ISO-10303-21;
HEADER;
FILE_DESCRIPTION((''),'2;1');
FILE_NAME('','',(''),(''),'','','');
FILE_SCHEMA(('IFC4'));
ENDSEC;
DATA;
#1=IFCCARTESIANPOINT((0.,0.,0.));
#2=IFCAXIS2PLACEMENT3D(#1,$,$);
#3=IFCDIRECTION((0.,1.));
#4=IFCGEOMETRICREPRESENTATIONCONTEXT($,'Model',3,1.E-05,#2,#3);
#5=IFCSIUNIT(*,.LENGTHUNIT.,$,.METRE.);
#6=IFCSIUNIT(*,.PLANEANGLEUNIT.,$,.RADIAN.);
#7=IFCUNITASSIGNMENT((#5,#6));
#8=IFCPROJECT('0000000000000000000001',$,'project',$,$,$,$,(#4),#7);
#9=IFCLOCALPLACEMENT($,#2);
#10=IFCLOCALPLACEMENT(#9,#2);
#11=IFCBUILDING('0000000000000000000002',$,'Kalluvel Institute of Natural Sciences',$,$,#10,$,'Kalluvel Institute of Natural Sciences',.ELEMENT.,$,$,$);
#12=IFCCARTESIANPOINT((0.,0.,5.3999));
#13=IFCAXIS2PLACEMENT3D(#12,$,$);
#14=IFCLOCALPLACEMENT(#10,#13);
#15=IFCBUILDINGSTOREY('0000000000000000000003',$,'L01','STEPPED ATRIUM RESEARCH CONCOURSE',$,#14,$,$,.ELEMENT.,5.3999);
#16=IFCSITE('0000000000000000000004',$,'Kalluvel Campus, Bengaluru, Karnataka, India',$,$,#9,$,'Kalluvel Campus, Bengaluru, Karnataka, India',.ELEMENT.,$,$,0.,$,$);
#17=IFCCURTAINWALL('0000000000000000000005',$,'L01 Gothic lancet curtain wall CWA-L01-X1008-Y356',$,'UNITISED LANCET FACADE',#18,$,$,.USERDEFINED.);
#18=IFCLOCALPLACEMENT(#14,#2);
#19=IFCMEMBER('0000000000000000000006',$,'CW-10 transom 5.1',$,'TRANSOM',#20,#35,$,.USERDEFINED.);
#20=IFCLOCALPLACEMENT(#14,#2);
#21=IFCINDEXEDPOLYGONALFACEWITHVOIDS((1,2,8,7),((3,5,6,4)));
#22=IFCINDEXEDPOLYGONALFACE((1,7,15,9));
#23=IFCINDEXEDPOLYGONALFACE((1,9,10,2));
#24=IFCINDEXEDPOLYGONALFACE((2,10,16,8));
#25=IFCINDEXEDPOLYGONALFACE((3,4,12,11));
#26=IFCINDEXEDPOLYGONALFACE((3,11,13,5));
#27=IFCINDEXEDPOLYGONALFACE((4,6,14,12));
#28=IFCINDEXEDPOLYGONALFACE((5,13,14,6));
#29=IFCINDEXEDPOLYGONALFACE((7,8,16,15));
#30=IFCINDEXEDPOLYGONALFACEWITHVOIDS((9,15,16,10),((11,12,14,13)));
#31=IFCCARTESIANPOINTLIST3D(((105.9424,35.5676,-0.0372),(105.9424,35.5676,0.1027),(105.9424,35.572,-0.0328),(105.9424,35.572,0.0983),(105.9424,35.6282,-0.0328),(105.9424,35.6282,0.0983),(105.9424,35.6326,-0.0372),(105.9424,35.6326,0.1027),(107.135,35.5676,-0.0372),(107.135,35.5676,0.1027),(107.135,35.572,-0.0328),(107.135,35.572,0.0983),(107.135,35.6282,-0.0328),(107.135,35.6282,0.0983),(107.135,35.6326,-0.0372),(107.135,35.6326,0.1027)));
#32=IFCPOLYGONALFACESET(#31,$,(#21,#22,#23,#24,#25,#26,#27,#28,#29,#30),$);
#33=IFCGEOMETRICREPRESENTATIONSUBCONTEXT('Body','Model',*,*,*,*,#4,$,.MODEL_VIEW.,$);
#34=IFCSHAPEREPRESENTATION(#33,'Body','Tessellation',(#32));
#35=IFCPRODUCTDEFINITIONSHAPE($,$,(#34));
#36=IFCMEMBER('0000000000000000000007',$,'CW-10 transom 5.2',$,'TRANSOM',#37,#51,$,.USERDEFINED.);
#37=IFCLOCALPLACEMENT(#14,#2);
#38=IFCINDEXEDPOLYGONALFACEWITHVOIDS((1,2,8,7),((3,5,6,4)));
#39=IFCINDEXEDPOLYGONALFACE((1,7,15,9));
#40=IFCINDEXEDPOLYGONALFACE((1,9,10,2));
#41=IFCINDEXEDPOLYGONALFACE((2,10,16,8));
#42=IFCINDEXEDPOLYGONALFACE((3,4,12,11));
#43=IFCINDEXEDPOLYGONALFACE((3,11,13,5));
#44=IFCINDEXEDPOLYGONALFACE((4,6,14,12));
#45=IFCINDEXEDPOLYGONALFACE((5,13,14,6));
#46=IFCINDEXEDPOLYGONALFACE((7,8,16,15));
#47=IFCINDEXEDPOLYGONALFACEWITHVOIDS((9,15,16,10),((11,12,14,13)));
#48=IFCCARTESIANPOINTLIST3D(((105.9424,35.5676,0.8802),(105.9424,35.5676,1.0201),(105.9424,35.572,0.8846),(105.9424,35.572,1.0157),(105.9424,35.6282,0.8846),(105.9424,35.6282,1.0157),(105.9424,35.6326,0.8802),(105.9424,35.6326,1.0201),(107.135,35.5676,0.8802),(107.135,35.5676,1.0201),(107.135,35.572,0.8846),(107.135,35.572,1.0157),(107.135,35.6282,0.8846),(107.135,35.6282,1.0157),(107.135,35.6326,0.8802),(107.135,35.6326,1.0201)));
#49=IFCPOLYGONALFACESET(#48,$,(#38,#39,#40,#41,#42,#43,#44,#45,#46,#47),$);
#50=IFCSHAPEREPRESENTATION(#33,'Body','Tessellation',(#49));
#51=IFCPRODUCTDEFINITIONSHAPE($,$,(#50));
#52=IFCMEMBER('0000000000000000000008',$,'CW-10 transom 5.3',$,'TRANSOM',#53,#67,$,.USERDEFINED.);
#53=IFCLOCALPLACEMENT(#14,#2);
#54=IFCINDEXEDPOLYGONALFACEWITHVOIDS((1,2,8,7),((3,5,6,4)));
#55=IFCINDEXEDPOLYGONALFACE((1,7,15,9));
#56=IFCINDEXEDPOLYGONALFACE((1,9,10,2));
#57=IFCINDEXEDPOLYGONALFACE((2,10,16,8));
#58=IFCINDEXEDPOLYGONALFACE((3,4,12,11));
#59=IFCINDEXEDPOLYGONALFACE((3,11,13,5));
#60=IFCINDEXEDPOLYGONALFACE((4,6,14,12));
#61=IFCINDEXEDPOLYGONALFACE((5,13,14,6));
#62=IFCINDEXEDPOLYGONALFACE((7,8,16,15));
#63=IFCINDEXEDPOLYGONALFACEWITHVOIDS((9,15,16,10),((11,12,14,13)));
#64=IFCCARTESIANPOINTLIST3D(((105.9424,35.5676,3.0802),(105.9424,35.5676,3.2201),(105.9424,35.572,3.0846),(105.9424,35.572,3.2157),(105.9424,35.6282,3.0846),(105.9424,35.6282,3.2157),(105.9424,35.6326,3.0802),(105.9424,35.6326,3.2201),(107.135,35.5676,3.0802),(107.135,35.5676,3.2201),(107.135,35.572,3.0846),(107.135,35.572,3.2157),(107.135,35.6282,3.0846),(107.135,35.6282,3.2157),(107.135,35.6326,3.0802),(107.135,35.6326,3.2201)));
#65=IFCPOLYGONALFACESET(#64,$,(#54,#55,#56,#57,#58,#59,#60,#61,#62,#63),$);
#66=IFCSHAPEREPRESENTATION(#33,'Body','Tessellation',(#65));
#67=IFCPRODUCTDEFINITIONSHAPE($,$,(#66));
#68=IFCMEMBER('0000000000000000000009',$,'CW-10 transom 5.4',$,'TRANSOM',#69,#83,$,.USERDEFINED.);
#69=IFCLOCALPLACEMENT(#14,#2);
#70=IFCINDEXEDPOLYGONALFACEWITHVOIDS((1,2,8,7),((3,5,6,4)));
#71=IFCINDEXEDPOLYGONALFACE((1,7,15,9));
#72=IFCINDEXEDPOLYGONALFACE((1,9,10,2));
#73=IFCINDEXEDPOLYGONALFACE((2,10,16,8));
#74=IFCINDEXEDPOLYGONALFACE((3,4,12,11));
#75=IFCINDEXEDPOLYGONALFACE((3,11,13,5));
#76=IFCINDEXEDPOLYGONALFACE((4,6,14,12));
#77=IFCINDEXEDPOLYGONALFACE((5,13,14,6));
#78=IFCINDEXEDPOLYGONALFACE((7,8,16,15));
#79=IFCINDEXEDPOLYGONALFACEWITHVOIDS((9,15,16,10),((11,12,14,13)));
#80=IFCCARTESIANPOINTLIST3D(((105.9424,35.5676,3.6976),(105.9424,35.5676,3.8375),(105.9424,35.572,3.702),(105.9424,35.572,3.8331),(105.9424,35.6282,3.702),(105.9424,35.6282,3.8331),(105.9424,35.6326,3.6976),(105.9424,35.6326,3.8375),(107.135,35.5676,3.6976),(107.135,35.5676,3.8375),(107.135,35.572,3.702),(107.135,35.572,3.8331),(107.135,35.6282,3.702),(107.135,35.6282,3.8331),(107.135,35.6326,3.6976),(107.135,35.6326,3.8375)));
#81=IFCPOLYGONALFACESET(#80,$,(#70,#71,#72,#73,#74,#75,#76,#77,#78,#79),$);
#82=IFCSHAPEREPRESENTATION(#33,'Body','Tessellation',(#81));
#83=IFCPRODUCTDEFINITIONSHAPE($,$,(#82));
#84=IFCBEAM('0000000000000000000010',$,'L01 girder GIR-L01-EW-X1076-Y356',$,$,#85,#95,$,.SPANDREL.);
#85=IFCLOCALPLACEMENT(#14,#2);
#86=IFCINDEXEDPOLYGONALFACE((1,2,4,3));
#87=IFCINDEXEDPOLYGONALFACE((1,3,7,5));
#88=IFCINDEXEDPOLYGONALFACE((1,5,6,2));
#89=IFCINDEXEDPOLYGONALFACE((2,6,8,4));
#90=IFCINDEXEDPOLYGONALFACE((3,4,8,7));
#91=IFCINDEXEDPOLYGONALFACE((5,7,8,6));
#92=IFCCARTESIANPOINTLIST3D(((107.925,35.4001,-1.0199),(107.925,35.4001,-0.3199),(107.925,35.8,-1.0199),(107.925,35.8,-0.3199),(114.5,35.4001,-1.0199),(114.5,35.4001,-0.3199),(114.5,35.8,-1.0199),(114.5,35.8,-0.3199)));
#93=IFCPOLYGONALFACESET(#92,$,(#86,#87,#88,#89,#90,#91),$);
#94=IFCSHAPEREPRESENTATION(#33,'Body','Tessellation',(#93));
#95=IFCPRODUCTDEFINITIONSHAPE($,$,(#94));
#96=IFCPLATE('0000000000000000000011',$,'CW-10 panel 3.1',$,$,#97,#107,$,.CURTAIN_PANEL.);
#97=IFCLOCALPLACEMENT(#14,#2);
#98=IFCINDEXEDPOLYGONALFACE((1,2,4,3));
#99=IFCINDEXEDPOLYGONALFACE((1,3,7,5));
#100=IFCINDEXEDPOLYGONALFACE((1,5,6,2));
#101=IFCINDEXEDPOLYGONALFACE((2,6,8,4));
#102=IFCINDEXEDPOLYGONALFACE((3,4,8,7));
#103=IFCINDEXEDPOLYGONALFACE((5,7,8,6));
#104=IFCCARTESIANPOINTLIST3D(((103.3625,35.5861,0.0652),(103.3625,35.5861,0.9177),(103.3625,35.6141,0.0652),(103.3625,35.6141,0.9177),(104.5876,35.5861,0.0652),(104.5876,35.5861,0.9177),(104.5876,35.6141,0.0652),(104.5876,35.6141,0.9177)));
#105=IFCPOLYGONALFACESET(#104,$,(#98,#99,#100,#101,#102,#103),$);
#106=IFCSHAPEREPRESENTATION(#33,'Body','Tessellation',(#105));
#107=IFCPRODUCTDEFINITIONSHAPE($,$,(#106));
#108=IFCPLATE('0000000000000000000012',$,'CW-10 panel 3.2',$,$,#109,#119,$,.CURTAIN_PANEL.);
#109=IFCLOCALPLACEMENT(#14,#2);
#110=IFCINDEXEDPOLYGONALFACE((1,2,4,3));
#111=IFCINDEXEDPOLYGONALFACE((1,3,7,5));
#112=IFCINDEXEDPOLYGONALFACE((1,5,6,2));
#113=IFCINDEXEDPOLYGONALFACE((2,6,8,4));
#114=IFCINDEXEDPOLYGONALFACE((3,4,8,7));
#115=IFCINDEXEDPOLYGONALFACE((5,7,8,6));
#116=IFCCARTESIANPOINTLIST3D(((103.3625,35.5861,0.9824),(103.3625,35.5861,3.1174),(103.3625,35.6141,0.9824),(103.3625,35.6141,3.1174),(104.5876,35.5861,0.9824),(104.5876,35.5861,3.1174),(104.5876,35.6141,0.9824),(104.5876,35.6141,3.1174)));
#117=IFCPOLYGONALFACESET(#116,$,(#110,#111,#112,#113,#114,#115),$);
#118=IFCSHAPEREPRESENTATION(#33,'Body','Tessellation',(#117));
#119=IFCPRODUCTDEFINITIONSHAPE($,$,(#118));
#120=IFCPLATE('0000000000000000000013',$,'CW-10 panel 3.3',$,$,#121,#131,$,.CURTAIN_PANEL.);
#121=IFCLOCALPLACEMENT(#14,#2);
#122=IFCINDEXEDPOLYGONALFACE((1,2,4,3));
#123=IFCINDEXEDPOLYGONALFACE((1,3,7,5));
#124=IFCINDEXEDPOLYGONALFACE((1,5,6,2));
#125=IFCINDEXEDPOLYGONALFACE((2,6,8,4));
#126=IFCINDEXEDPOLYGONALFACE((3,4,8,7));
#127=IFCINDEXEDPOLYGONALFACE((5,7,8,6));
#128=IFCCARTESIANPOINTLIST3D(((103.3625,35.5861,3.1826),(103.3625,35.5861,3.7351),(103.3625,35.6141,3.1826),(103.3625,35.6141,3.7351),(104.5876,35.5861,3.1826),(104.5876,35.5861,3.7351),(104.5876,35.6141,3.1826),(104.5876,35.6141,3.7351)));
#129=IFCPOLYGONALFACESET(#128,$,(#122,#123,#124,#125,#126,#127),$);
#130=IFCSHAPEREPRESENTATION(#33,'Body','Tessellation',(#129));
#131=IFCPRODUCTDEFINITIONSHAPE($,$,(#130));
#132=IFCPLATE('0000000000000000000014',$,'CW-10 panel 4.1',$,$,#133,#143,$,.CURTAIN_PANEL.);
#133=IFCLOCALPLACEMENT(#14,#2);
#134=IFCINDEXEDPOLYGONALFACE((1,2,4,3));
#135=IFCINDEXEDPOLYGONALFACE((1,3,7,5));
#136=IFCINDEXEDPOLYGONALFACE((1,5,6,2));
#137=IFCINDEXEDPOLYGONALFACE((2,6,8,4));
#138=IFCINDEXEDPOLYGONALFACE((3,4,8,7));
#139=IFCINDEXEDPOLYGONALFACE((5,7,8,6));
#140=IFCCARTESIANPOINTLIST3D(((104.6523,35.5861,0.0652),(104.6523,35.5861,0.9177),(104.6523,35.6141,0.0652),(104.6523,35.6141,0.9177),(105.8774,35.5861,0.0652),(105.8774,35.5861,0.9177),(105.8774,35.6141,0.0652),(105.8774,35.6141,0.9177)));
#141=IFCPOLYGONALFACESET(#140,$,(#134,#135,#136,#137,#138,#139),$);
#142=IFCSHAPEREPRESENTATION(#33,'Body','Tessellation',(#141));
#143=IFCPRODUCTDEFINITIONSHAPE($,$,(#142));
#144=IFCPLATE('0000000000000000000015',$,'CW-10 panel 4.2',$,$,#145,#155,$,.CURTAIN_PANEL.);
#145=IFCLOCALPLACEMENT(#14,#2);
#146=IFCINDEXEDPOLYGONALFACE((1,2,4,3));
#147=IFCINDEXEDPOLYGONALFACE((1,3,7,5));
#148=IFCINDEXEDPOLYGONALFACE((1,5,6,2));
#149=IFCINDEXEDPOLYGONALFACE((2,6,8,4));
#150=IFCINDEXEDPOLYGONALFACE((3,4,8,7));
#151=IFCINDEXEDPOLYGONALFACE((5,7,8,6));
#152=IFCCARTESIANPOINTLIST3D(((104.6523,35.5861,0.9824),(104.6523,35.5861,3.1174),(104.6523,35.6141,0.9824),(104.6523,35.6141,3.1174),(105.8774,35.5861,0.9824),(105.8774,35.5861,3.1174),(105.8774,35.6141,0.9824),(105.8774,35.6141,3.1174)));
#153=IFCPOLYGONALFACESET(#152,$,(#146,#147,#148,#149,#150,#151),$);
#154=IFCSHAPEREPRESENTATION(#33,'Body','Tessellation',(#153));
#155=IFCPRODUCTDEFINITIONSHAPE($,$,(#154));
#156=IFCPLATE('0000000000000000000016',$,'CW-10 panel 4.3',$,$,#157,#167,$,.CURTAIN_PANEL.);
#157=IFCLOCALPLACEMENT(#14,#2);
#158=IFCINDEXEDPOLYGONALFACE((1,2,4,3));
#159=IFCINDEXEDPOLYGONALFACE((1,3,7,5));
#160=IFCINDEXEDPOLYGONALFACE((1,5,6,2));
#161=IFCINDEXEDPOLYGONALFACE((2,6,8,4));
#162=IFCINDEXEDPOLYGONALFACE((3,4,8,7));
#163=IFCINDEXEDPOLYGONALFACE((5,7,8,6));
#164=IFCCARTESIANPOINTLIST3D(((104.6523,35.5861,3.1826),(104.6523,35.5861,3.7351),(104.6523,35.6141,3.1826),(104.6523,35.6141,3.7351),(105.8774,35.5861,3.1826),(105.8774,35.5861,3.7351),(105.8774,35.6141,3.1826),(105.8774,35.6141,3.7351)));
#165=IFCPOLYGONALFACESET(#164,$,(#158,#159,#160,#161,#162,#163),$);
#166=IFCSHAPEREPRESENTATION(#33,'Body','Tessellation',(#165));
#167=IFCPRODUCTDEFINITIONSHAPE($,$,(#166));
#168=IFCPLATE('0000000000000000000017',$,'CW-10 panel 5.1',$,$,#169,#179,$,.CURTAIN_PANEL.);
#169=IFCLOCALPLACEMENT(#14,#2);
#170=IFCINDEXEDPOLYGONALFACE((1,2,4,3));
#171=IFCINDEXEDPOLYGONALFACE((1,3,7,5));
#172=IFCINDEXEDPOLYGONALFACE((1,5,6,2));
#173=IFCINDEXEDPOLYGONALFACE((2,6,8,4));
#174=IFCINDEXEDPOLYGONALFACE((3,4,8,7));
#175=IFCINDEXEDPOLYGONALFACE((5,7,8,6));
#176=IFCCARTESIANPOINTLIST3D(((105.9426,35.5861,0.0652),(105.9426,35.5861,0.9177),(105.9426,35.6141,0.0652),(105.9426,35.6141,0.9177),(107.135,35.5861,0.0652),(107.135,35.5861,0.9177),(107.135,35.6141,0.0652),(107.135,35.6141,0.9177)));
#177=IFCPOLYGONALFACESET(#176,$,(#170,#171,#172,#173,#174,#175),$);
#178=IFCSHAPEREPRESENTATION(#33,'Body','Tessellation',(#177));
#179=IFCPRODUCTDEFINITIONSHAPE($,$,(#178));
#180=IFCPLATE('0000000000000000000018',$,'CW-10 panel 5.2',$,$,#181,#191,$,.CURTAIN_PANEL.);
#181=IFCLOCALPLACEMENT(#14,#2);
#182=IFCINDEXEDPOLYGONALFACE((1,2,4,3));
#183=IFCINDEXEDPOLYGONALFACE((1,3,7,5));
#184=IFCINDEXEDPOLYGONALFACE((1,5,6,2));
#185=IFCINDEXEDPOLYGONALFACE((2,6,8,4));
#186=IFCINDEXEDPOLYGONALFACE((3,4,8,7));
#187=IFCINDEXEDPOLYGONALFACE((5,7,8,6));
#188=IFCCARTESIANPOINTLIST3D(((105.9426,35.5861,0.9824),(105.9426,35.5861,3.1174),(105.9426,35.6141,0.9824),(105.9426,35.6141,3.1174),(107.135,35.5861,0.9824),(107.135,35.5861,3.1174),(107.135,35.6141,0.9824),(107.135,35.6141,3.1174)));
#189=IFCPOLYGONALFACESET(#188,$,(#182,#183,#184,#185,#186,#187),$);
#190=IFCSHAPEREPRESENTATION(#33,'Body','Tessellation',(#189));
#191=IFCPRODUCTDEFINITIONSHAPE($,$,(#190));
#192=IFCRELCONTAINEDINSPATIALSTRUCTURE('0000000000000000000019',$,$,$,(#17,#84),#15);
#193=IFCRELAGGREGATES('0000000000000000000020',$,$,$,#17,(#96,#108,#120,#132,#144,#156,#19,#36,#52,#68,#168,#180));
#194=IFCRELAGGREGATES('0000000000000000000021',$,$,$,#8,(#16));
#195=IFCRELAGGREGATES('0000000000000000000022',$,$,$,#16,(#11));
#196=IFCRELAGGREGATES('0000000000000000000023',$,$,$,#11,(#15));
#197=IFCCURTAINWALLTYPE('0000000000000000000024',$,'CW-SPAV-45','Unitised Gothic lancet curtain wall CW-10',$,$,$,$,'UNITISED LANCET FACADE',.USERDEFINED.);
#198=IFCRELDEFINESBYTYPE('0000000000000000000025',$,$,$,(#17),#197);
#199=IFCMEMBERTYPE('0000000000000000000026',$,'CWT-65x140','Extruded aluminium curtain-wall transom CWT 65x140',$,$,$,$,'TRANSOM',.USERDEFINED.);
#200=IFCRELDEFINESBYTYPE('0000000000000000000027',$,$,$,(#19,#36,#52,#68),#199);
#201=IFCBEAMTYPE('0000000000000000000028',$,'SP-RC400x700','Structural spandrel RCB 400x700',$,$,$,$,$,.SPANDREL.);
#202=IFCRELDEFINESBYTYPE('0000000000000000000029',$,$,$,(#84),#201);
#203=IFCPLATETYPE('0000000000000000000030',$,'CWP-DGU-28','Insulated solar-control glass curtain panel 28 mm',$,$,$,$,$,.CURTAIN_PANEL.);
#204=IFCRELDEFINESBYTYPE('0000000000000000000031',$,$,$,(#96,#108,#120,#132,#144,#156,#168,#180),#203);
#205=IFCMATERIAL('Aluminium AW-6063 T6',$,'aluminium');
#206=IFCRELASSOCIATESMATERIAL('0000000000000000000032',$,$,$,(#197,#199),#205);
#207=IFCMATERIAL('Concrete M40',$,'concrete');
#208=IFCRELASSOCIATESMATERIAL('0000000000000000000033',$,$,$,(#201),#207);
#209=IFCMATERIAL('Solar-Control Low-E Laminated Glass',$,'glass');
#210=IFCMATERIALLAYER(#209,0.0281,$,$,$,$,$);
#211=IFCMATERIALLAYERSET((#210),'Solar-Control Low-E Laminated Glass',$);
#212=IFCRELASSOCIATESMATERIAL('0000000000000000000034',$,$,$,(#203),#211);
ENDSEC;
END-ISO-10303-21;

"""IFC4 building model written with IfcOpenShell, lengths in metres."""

from ifc_helpers import new_model, si_unit, direction, frame, origin, origin_2d, place, context, subcontext, project, spatial, rectangle, hollow_rectangle, extrude, material, layer, layer_set, material_profile, profile_set, type_object, element, aggregate, save


model = new_model("IFC4")

# Units and contexts
model_context = context("Model", 3, precision=1e-05, world=origin(), true_north=direction((0.0, 1.0)))
body_context = subcontext(model_context, "Body", "Model", "MODEL_VIEW")
ifc_project = project(units=[si_unit("LENGTHUNIT", "METRE"), si_unit("PLANEANGLEUNIT", "RADIAN")], contexts=[model_context])

# Site, building, storey
site_placement = place(None, origin())
site = spatial("IfcSite", under=ifc_project, at=site_placement, Name="Kalluvel Campus, Bengaluru, Karnataka, India", LongName="Kalluvel Campus, Bengaluru, Karnataka, India", CompositionType="ELEMENT", RefElevation=0.0)
building_placement = place(site_placement, origin())
building = spatial("IfcBuilding", under=site, at=building_placement, Name="Kalluvel Institute of Natural Sciences", LongName="Kalluvel Institute of Natural Sciences", CompositionType="ELEMENT")
storey_placement = place(building_placement, frame((0.0, 0.0, 5.3999)))
storey = spatial("IfcBuildingStorey", under=building, at=storey_placement, Name="L01", Description="STEPPED ATRIUM RESEARCH CONCOURSE", CompositionType="ELEMENT", Elevation=5.3999)

# Shared definitions
ifc_material_1 = material(Name="Concrete M40", Category="concrete")

# Curtain wall, members
ifc_material_2 = material(Name="Aluminium AW-6063 T6", Category="aluminium")
curtain_wall_type = type_object("IfcCurtainWallType", Name="CW-SPAV-45", Description="Unitised Gothic lancet curtain wall CW-10", ElementType="UNITISED LANCET FACADE", PredefinedType="USERDEFINED", material=ifc_material_2)
curtain_wall_placement = place(storey_placement, origin())
curtain_wall = element("IfcCurtainWall", 1, at=curtain_wall_placement, inside=storey, type_object=curtain_wall_type, Name="L01 Gothic lancet curtain wall CWA-L01-X1008-Y356", ObjectType="UNITISED LANCET FACADE", PredefinedType="USERDEFINED")
ifc_material_profile_1 = material_profile(ifc_material_2, hollow_rectangle(XDim=0.0649, YDim=0.1399, WallThickness=0.0044, at=origin_2d()), Name="CWT 65x140")
ifc_profile_set_1 = profile_set([ifc_material_profile_1], Name="Aluminium AW-6063 T6")
member_type_1 = type_object("IfcMemberType", Name="CWT-65x140", Description="Extruded aluminium curtain-wall transom CWT 65x140", ElementType="TRANSOM", PredefinedType="USERDEFINED", material=ifc_profile_set_1)
member_1_placement = place(storey_placement, frame((105.9424, 35.6001, 0.0327), z_axis=(1.0, 0.0, 0.0), x_axis=(0.0, 1.0, 0.0)))
member_1 = element("IfcMember", 2, at=member_1_placement, type_object=member_type_1, Name="CW-10 transom 5.1", ObjectType="TRANSOM", PredefinedType="USERDEFINED", context=body_context, shape_type="SweptSolid", body=[
    extrude(hollow_rectangle(XDim=0.0649, YDim=0.1399, WallThickness=0.0044, at=origin_2d()), origin(), (0.0, 0.0, 1.0), 1.1926),
])
member_2_placement = place(storey_placement, frame((105.9424, 35.6001, 0.9502), z_axis=(1.0, 0.0, 0.0), x_axis=(0.0, 1.0, 0.0)))
member_2 = element("IfcMember", 3, at=member_2_placement, type_object=member_type_1, Name="CW-10 transom 5.2", ObjectType="TRANSOM", PredefinedType="USERDEFINED", context=body_context, shape_type="SweptSolid", body=[
    extrude(hollow_rectangle(XDim=0.0649, YDim=0.1399, WallThickness=0.0044, at=origin_2d()), origin(), (0.0, 0.0, 1.0), 1.1926),
])
member_3_placement = place(storey_placement, frame((105.9424, 35.6001, 3.1501), z_axis=(1.0, 0.0, 0.0), x_axis=(0.0, 1.0, 0.0)))
member_3 = element("IfcMember", 4, at=member_3_placement, type_object=member_type_1, Name="CW-10 transom 5.3", ObjectType="TRANSOM", PredefinedType="USERDEFINED", context=body_context, shape_type="SweptSolid", body=[
    extrude(hollow_rectangle(XDim=0.0649, YDim=0.1399, WallThickness=0.0044, at=origin_2d()), origin(), (0.0, 0.0, 1.0), 1.1926),
])
member_4_placement = place(storey_placement, frame((105.9424, 35.6001, 3.7676), z_axis=(1.0, 0.0, 0.0), x_axis=(0.0, 1.0, 0.0)))
member_4 = element("IfcMember", 5, at=member_4_placement, type_object=member_type_1, Name="CW-10 transom 5.4", ObjectType="TRANSOM", PredefinedType="USERDEFINED", context=body_context, shape_type="SweptSolid", body=[
    extrude(hollow_rectangle(XDim=0.0649, YDim=0.1399, WallThickness=0.0044, at=origin_2d()), origin(), (0.0, 0.0, 1.0), 1.1926),
])

# Beam
ifc_material_profile_2 = material_profile(ifc_material_1, rectangle(XDim=0.3999, YDim=0.7, at=origin_2d()), Name="RCB 400x700")
ifc_profile_set_2 = profile_set([ifc_material_profile_2], Name="Concrete M40")
beam_type_1 = type_object("IfcBeamType", Name="SP-RC400x700", Description="Structural spandrel RCB 400x700", PredefinedType="SPANDREL", material=ifc_profile_set_2)
beam_1_placement = place(storey_placement, frame((107.925, 35.6001, -0.6699), z_axis=(1.0, 0.0, 0.0), x_axis=(0.0, 1.0, 0.0)))
element("IfcBeam", 6, at=beam_1_placement, inside=storey, type_object=beam_type_1, Name="L01 girder GIR-L01-EW-X1076-Y356", PredefinedType="SPANDREL", context=body_context, shape_type="SweptSolid", body=[
    extrude(rectangle(XDim=0.3999, YDim=0.7, at=origin_2d()), origin(), (0.0, 0.0, 1.0), 6.575),
])

# Plates
ifc_material_3 = material(Name="Solar-Control Low-E Laminated Glass", Category="glass")
ifc_layer_1 = layer(ifc_material_3, 0.0281)
ifc_layer_set_1 = layer_set([ifc_layer_1], Name="Solar-Control Low-E Laminated Glass")
plate_type = type_object("IfcPlateType", Name="CWP-DGU-28", Description="Insulated solar-control glass curtain panel 28 mm", PredefinedType="CURTAIN_PANEL", material=ifc_layer_set_1)
plate_1_placement = place(storey_placement, frame((103.9751, 35.6001, 0.0652), z_axis=(0.0, 0.0, 1.0), x_axis=(1.0, 0.0, 0.0)))
plate_1 = element("IfcPlate", 7, at=plate_1_placement, type_object=plate_type, Name="CW-10 panel 3.1", PredefinedType="CURTAIN_PANEL", context=body_context, shape_type="SweptSolid", body=[
    extrude(rectangle(XDim=1.2251, YDim=0.0281, at=origin_2d()), origin(), (0.0, 0.0, 1.0), 0.8525),
])
plate_2_placement = place(storey_placement, frame((103.9751, 35.6001, 0.9824), z_axis=(0.0, 0.0, 1.0), x_axis=(1.0, 0.0, 0.0)))
plate_2 = element("IfcPlate", 8, at=plate_2_placement, type_object=plate_type, Name="CW-10 panel 3.2", PredefinedType="CURTAIN_PANEL", context=body_context, shape_type="SweptSolid", body=[
    extrude(rectangle(XDim=1.2251, YDim=0.0281, at=origin_2d()), origin(), (0.0, 0.0, 1.0), 2.135),
])
plate_3_placement = place(storey_placement, frame((103.9751, 35.6001, 3.1826), z_axis=(0.0, 0.0, 1.0), x_axis=(1.0, 0.0, 0.0)))
plate_3 = element("IfcPlate", 9, at=plate_3_placement, type_object=plate_type, Name="CW-10 panel 3.3", PredefinedType="CURTAIN_PANEL", context=body_context, shape_type="SweptSolid", body=[
    extrude(rectangle(XDim=1.2251, YDim=0.0281, at=origin_2d()), origin(), (0.0, 0.0, 1.0), 0.5525),
])
plate_4_placement = place(storey_placement, frame((105.2649, 35.6001, 0.0652), z_axis=(0.0, 0.0, 1.0), x_axis=(1.0, 0.0, 0.0)))
plate_4 = element("IfcPlate", 10, at=plate_4_placement, type_object=plate_type, Name="CW-10 panel 4.1", PredefinedType="CURTAIN_PANEL", context=body_context, shape_type="SweptSolid", body=[
    extrude(rectangle(XDim=1.2251, YDim=0.0281, at=origin_2d()), origin(), (0.0, 0.0, 1.0), 0.8525),
])
plate_5_placement = place(storey_placement, frame((105.2649, 35.6001, 0.9824), z_axis=(0.0, 0.0, 1.0), x_axis=(1.0, 0.0, 0.0)))
plate_5 = element("IfcPlate", 11, at=plate_5_placement, type_object=plate_type, Name="CW-10 panel 4.2", PredefinedType="CURTAIN_PANEL", context=body_context, shape_type="SweptSolid", body=[
    extrude(rectangle(XDim=1.2251, YDim=0.0281, at=origin_2d()), origin(), (0.0, 0.0, 1.0), 2.135),
])
plate_6_placement = place(storey_placement, frame((105.2649, 35.6001, 3.1826), z_axis=(0.0, 0.0, 1.0), x_axis=(1.0, 0.0, 0.0)))
plate_6 = element("IfcPlate", 12, at=plate_6_placement, type_object=plate_type, Name="CW-10 panel 4.3", PredefinedType="CURTAIN_PANEL", context=body_context, shape_type="SweptSolid", body=[
    extrude(rectangle(XDim=1.2251, YDim=0.0281, at=origin_2d()), origin(), (0.0, 0.0, 1.0), 0.5525),
])
plate_7_placement = place(storey_placement, frame((106.5388, 35.6001, 0.0652), z_axis=(0.0, 0.0, 1.0), x_axis=(1.0, 0.0, 0.0)))
plate_7 = element("IfcPlate", 13, at=plate_7_placement, type_object=plate_type, Name="CW-10 panel 5.1", PredefinedType="CURTAIN_PANEL", context=body_context, shape_type="SweptSolid", body=[
    extrude(rectangle(XDim=1.1924, YDim=0.0281, at=origin_2d()), origin(), (0.0, 0.0, 1.0), 0.8525),
])
plate_8_placement = place(storey_placement, frame((106.5388, 35.6001, 0.9824), z_axis=(0.0, 0.0, 1.0), x_axis=(1.0, 0.0, 0.0)))
plate_8 = element("IfcPlate", 14, at=plate_8_placement, type_object=plate_type, Name="CW-10 panel 5.2", PredefinedType="CURTAIN_PANEL", context=body_context, shape_type="SweptSolid", body=[
    extrude(rectangle(XDim=1.1924, YDim=0.0281, at=origin_2d()), origin(), (0.0, 0.0, 1.0), 2.135),
])
aggregate(curtain_wall, [plate_1, plate_2, plate_3, plate_4, plate_5, plate_6, member_1, member_2, member_3, member_4, plate_7, plate_8])

save(model, "model.ifc")
